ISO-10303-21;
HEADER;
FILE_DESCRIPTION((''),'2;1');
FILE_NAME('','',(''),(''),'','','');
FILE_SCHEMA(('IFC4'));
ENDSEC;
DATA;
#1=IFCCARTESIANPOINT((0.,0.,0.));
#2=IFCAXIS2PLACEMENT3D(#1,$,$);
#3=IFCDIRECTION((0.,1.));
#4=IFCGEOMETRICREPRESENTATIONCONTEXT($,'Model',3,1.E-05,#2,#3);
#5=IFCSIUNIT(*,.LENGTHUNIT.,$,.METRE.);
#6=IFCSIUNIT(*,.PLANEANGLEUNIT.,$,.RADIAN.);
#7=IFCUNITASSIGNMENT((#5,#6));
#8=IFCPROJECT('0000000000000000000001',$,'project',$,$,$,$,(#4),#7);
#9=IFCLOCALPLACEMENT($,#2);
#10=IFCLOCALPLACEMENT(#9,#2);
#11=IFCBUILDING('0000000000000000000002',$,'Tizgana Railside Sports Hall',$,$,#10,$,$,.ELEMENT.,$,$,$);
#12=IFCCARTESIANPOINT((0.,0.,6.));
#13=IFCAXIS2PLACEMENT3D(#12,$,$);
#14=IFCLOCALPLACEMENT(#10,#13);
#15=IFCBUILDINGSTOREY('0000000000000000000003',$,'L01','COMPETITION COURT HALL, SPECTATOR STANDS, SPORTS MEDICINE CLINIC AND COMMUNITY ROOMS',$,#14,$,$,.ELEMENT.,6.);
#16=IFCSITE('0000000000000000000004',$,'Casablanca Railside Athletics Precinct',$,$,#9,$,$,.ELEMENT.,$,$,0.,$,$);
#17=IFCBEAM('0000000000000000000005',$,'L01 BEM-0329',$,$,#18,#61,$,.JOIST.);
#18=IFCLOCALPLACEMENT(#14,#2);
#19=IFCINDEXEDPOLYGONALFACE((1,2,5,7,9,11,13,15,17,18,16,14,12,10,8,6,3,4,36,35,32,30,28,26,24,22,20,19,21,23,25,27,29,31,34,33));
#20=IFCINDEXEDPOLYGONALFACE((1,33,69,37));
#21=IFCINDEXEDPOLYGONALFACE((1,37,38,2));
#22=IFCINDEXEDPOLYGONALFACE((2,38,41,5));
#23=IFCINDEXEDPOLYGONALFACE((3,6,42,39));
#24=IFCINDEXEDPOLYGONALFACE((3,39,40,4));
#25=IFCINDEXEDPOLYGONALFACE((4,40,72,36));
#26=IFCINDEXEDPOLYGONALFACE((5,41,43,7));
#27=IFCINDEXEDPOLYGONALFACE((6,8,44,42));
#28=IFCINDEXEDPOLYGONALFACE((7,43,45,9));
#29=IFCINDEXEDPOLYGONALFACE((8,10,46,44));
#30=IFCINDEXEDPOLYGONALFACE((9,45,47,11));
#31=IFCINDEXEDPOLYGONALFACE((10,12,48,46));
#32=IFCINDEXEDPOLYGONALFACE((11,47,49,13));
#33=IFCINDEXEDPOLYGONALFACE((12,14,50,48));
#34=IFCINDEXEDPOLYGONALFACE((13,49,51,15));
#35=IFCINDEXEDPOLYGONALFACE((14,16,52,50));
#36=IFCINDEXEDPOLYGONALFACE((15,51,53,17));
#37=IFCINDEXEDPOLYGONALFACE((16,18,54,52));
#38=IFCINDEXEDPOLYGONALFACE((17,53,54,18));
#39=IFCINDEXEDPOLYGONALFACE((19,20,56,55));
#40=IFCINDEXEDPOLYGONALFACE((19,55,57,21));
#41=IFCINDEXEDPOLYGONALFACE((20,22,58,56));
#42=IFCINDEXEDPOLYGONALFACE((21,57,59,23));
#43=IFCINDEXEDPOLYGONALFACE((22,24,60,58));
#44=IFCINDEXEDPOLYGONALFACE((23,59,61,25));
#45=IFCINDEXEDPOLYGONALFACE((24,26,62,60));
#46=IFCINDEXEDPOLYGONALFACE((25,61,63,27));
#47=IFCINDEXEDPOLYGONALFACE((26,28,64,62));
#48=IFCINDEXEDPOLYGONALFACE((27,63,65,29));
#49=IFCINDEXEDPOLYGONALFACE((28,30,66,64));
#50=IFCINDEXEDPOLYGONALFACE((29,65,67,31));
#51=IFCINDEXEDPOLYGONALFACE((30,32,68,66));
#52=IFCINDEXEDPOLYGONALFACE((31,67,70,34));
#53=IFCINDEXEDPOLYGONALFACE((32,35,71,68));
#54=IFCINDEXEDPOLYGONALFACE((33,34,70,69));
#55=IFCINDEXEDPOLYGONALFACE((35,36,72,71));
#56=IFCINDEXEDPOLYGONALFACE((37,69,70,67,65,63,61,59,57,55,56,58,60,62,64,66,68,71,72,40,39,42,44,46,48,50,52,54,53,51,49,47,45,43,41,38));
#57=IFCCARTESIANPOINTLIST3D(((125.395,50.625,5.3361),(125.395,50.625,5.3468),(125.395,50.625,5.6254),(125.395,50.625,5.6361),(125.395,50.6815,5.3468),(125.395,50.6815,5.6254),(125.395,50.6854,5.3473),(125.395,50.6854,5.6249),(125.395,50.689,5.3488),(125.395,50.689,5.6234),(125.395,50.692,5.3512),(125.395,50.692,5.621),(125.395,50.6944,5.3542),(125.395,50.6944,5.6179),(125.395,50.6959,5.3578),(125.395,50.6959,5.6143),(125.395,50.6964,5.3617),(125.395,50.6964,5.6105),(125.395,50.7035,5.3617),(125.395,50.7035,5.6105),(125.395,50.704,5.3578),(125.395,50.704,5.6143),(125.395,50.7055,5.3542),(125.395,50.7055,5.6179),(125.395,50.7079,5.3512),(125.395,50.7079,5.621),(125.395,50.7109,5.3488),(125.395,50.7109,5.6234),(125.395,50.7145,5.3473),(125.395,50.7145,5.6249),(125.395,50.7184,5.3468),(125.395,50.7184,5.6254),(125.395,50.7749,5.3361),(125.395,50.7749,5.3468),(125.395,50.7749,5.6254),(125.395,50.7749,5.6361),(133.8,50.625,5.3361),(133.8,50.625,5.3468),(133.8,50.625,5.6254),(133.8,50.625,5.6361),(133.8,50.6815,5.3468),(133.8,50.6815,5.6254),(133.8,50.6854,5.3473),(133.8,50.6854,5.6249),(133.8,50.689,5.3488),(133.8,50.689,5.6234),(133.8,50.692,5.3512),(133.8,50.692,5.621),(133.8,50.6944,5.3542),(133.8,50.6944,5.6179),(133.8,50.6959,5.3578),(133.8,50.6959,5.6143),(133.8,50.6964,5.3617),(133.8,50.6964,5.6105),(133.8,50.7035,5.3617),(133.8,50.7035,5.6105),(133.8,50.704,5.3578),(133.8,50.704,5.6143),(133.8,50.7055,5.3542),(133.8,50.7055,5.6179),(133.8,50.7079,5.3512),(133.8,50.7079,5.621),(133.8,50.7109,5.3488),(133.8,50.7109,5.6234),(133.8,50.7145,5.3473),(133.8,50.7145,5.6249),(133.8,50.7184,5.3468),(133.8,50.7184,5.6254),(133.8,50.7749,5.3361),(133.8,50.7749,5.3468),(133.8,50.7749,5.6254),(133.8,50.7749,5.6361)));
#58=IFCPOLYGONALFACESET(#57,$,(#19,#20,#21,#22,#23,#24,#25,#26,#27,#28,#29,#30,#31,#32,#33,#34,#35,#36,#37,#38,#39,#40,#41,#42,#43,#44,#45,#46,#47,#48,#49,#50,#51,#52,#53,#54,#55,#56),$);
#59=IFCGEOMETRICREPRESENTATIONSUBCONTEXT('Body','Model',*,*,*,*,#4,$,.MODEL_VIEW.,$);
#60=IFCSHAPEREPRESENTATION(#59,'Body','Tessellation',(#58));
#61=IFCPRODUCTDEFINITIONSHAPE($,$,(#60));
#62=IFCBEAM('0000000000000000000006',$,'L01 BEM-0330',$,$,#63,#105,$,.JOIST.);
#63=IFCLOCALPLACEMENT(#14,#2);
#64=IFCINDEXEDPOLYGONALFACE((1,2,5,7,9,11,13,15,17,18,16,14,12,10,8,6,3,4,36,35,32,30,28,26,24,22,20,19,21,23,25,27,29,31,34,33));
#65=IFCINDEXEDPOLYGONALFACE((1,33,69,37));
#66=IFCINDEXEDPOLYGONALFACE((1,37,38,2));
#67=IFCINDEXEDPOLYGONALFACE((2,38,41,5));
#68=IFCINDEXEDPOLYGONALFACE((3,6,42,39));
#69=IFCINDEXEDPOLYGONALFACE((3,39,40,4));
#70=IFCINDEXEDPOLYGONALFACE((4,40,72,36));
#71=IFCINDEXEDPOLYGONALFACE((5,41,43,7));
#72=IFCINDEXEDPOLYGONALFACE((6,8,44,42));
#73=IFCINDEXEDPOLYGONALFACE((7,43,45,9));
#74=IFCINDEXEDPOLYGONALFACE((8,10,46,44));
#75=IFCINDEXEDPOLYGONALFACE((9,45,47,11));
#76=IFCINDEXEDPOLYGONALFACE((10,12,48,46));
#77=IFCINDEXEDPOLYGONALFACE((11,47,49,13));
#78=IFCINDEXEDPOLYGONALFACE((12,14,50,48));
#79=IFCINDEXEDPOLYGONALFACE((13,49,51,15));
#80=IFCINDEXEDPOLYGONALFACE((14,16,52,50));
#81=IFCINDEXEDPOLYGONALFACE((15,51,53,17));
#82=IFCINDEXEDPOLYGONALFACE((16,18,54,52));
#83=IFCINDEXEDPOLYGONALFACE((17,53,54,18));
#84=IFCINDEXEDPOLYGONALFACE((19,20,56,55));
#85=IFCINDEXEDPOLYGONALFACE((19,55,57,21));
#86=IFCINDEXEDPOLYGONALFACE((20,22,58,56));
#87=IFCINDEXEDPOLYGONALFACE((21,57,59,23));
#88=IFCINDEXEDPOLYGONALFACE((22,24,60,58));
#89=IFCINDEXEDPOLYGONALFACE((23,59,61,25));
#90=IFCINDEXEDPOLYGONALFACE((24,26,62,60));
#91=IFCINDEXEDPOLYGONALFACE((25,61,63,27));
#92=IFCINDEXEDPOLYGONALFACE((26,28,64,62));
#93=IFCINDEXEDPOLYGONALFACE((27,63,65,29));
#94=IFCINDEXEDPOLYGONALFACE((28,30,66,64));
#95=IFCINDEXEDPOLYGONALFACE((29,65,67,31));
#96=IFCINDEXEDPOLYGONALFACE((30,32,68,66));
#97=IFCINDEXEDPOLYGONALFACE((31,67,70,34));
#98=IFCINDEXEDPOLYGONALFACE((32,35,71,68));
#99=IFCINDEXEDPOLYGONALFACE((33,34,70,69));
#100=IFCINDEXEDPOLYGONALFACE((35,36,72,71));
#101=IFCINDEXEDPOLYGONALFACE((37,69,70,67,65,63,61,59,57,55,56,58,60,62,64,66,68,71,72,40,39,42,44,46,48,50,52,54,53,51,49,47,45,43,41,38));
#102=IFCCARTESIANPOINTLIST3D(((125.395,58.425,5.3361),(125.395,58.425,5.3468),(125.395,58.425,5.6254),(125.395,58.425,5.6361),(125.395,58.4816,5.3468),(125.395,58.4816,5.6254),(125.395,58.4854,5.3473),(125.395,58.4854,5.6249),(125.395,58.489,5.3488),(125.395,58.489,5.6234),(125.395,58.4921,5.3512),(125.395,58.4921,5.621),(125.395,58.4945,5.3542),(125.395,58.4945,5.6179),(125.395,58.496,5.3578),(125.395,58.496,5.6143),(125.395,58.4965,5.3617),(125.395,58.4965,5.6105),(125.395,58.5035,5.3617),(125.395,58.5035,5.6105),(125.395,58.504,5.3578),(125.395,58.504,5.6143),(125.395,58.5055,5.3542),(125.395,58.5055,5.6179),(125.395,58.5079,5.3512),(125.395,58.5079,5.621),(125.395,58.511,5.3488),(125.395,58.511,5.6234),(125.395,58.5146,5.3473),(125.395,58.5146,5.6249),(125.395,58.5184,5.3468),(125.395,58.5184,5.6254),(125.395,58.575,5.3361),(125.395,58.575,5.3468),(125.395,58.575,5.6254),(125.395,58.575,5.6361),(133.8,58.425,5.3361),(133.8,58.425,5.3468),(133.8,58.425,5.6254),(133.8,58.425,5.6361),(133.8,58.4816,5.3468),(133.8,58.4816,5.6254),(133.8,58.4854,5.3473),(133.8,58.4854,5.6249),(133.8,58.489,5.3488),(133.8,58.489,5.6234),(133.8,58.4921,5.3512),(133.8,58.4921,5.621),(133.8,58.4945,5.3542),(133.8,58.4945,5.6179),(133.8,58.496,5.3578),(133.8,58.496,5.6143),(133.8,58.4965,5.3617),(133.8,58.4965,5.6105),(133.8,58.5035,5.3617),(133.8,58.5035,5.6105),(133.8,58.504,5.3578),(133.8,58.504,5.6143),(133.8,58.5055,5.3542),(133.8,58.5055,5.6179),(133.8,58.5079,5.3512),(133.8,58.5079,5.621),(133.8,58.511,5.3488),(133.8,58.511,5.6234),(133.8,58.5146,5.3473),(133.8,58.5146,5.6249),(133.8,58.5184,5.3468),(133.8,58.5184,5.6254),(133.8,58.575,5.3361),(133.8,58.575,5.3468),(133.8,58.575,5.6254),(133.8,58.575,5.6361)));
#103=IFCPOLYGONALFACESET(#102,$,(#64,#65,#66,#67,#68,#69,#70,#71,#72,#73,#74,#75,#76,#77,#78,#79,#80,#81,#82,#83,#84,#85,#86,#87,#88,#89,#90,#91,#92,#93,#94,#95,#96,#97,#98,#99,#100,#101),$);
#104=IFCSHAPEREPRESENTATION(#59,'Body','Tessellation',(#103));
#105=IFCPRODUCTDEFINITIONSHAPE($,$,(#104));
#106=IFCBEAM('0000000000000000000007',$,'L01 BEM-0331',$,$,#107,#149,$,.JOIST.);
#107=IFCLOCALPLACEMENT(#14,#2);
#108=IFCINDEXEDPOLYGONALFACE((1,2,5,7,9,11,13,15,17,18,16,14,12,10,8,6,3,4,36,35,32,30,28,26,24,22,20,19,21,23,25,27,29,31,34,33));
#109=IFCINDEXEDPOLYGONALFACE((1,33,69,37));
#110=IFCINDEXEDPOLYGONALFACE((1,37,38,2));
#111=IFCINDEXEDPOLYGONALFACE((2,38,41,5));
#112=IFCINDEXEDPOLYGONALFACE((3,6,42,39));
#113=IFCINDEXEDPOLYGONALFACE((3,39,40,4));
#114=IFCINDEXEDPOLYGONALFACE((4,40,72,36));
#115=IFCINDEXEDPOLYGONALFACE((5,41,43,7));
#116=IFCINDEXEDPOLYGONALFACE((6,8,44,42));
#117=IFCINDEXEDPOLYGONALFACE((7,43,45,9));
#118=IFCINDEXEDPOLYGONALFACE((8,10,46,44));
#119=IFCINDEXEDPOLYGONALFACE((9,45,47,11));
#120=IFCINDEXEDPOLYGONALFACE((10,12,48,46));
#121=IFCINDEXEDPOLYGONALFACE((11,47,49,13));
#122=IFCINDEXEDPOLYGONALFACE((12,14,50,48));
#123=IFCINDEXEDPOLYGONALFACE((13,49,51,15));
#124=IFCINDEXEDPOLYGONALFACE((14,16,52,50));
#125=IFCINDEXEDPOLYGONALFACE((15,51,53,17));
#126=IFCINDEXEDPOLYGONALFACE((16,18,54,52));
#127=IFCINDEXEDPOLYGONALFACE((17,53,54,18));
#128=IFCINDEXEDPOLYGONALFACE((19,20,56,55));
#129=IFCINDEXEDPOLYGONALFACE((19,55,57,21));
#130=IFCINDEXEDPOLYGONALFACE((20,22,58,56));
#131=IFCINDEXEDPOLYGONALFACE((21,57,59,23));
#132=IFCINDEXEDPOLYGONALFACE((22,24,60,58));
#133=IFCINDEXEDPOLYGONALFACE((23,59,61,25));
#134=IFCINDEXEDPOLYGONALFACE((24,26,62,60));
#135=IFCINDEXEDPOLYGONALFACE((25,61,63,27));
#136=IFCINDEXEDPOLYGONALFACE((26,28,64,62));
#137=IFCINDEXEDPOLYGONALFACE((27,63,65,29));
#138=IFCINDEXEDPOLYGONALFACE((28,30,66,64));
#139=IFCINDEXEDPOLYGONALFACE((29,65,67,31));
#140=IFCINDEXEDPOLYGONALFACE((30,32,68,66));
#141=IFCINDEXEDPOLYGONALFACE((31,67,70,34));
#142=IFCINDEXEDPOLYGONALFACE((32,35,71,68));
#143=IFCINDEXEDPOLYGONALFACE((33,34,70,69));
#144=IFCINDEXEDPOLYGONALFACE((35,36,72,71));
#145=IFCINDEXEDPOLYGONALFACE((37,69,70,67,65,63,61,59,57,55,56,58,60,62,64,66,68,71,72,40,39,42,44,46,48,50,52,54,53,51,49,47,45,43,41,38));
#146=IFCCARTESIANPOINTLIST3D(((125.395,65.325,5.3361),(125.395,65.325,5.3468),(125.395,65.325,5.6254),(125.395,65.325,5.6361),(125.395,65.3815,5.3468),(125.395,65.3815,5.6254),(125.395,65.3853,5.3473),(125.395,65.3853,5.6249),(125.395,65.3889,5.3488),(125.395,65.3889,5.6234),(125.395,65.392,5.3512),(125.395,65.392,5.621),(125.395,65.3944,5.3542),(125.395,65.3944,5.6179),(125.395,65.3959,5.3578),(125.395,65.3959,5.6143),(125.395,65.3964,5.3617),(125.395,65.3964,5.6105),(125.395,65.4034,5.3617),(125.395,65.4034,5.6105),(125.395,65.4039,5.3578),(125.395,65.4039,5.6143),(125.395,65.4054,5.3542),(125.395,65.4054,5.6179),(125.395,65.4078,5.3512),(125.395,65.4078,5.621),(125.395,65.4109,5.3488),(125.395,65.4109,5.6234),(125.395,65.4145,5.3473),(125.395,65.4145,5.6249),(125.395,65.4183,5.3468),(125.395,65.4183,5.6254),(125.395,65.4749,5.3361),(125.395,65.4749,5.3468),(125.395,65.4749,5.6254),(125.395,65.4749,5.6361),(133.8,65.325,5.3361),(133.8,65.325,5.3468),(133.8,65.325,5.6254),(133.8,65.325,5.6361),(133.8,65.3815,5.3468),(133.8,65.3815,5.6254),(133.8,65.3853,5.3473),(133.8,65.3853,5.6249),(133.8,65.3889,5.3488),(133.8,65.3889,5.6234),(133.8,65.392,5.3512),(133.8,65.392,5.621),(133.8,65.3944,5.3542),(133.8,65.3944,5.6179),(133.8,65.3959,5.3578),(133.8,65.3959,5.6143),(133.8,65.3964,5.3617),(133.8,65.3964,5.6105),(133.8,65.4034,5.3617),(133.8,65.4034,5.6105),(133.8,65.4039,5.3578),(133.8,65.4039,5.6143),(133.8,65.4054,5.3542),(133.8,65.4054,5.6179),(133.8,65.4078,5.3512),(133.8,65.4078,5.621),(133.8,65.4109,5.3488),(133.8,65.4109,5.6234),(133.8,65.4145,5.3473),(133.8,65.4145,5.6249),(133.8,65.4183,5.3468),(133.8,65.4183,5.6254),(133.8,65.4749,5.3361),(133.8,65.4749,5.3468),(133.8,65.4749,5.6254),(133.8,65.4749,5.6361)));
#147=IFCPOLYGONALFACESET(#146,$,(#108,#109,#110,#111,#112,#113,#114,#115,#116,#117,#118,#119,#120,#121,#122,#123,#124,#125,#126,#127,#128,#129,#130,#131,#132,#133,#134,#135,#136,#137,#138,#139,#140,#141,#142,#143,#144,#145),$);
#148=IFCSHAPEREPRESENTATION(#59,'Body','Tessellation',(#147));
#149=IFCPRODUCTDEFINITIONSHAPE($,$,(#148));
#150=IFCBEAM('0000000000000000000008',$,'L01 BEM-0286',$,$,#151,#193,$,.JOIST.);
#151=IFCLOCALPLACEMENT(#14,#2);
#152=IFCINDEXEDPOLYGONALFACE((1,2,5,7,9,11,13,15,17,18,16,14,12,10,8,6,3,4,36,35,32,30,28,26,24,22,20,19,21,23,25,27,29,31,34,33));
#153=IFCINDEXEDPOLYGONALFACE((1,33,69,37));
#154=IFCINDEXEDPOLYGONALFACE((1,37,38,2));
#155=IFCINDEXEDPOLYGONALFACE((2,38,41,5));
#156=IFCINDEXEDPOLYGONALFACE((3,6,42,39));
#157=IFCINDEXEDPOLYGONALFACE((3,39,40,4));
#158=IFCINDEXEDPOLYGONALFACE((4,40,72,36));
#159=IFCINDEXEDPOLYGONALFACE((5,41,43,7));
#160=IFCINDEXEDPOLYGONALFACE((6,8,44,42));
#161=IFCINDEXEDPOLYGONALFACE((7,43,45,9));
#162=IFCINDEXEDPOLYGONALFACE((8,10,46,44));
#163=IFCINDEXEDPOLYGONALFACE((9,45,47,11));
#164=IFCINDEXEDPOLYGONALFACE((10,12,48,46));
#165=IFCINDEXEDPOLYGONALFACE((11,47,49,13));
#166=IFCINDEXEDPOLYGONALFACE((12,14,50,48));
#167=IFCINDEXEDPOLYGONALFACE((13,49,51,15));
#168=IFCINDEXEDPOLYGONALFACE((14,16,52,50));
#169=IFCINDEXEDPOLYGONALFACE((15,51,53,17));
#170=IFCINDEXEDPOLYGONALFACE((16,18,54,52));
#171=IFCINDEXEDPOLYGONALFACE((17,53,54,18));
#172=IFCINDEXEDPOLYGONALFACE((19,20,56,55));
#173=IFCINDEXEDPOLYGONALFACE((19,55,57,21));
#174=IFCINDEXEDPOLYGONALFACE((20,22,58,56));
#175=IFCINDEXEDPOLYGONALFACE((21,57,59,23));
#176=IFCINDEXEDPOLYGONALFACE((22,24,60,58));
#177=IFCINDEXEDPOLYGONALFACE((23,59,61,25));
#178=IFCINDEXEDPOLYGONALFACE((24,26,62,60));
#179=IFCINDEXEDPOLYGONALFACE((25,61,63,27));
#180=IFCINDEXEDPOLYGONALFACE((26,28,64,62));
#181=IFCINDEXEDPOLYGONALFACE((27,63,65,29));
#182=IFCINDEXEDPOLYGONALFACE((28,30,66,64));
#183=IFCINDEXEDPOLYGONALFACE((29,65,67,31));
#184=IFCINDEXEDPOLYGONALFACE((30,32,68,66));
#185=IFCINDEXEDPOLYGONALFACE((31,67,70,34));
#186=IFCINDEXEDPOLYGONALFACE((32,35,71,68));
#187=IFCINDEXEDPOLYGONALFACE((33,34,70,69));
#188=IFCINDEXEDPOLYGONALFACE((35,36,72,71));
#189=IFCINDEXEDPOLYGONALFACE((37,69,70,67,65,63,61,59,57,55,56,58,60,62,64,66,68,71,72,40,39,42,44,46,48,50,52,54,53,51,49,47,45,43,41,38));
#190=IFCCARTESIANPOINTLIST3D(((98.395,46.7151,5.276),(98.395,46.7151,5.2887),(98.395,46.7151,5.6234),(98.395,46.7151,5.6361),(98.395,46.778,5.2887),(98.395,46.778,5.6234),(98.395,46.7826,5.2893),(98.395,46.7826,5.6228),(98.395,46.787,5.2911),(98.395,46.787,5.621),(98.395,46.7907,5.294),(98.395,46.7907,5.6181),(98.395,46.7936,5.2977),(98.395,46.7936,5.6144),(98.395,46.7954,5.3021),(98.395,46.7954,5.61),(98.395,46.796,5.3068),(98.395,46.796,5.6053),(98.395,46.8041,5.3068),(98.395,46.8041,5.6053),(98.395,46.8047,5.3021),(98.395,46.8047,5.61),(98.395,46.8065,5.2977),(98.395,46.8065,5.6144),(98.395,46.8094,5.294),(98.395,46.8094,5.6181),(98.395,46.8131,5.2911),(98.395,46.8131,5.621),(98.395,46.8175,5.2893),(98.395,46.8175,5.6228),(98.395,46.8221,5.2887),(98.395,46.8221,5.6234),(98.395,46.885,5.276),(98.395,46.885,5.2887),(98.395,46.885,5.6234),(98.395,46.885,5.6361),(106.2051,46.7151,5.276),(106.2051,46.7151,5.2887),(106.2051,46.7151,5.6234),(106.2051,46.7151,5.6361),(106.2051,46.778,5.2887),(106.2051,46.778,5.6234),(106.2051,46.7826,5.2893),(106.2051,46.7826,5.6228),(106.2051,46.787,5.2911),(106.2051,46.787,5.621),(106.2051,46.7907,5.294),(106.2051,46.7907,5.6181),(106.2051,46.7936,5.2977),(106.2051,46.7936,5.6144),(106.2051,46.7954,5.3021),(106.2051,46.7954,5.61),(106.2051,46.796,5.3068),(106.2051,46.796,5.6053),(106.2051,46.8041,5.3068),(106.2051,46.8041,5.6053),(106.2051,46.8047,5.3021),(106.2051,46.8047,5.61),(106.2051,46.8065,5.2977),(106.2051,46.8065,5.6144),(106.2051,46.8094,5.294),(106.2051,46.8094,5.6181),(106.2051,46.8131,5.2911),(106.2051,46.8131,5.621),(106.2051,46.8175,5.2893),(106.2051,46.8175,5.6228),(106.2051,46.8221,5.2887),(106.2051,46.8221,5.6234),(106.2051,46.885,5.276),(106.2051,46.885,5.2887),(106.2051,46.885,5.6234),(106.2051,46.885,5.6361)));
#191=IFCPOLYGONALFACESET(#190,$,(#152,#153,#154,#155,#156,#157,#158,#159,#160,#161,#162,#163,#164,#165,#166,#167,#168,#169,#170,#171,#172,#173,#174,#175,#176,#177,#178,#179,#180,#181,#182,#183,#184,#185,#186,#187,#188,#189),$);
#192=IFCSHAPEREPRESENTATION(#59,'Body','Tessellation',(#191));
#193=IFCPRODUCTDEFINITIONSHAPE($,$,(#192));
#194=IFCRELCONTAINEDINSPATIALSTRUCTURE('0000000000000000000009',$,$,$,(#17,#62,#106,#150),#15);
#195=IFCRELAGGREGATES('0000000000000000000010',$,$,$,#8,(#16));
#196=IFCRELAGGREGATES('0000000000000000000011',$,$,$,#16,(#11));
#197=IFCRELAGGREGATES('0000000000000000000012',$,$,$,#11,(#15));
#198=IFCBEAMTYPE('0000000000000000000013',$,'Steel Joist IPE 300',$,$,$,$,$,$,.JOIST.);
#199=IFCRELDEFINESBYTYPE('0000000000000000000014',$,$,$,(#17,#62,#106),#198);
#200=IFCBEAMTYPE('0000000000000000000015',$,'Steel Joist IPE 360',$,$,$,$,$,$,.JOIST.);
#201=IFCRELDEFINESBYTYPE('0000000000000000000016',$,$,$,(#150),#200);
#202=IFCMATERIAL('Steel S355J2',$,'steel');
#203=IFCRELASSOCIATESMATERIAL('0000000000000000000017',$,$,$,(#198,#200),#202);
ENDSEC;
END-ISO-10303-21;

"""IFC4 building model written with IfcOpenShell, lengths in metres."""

from ifc_helpers import new_model, si_unit, direction, frame, origin, origin_2d, place, context, subcontext, project, spatial, i_section, extrude, material, material_profile, profile_set, type_object, element, save


model = new_model("IFC4")

# Units and contexts
model_context = context("Model", 3, precision=1e-05, world=origin(), true_north=direction((0.0, 1.0)))
body_context = subcontext(model_context, "Body", "Model", "MODEL_VIEW")
ifc_project = project(units=[si_unit("LENGTHUNIT", "METRE"), si_unit("PLANEANGLEUNIT", "RADIAN")], contexts=[model_context])

# Site, building, storey
site_placement = place(None, origin())
site = spatial("IfcSite", under=ifc_project, at=site_placement, Name="Casablanca Railside Athletics Precinct", CompositionType="ELEMENT", RefElevation=0.0)
building_placement = place(site_placement, origin())
building = spatial("IfcBuilding", under=site, at=building_placement, Name="Tizgana Railside Sports Hall", CompositionType="ELEMENT")
storey_placement = place(building_placement, frame((0.0, 0.0, 6.0)))
storey = spatial("IfcBuildingStorey", under=building, at=storey_placement, Name="L01", Description="COMPETITION COURT HALL, SPECTATOR STANDS, SPORTS MEDICINE CLINIC AND COMMUNITY ROOMS", CompositionType="ELEMENT", Elevation=6.0)

# Beams
ifc_material = material(Name="Steel S355J2", Category="steel")
ifc_material_profile_1 = material_profile(ifc_material, i_section(OverallWidth=0.1499, OverallDepth=0.3, WebThickness=0.0071, FlangeThickness=0.0107, FilletRadius=0.0149, at=origin_2d()), Name="IPE 300")
ifc_profile_set_1 = profile_set([ifc_material_profile_1], Name="Steel S355J2")
beam_type_1 = type_object("IfcBeamType", Name="Steel Joist IPE 300", PredefinedType="JOIST", material=ifc_profile_set_1)
for number, where, z_axis, x_axis, name in (
    (1, (125.395, 50.7, 5.4861), (1.0, 0.0, 0.0), (0.0, 1.0, 0.0), "L01 BEM-0329"),
    (2, (125.395, 58.5, 5.4861), (1.0, 0.0, 0.0), (0.0, 1.0, 0.0), "L01 BEM-0330"),
    (3, (125.395, 65.3999, 5.4861), (1.0, 0.0, 0.0), (0.0, 1.0, 0.0), "L01 BEM-0331"),
):
    element("IfcBeam", number, at=place(storey_placement, frame(where, z_axis=z_axis, x_axis=x_axis)), inside=storey, type_object=beam_type_1, Name=name, PredefinedType="JOIST", context=body_context, shape_type="SweptSolid", body=[
        extrude(i_section(OverallWidth=0.1499, OverallDepth=0.3, WebThickness=0.0071, FlangeThickness=0.0107, FilletRadius=0.0149, at=origin_2d()), origin(), (0.0, 0.0, 1.0), 8.405),
    ])
ifc_material_profile_2 = material_profile(ifc_material, i_section(OverallWidth=0.1699, OverallDepth=0.3601, WebThickness=0.0081, FlangeThickness=0.0127, FilletRadius=0.0181, at=origin_2d()), Name="IPE 360")
ifc_profile_set_2 = profile_set([ifc_material_profile_2], Name="Steel S355J2")
beam_type_2 = type_object("IfcBeamType", Name="Steel Joist IPE 360", PredefinedType="JOIST", material=ifc_profile_set_2)
for number, where, z_axis, x_axis, name in (
    (4, (98.395, 46.8, 5.4561), (1.0, 0.0, 0.0), (0.0, 1.0, 0.0), "L01 BEM-0286"),
):
    element("IfcBeam", number, at=place(storey_placement, frame(where, z_axis=z_axis, x_axis=x_axis)), inside=storey, type_object=beam_type_2, Name=name, PredefinedType="JOIST", context=body_context, shape_type="SweptSolid", body=[
        extrude(i_section(OverallWidth=0.1699, OverallDepth=0.3601, WebThickness=0.0081, FlangeThickness=0.0127, FilletRadius=0.0181, at=origin_2d()), origin(), (0.0, 0.0, 1.0), 7.8101),
    ])

save(model, "model.ifc")
